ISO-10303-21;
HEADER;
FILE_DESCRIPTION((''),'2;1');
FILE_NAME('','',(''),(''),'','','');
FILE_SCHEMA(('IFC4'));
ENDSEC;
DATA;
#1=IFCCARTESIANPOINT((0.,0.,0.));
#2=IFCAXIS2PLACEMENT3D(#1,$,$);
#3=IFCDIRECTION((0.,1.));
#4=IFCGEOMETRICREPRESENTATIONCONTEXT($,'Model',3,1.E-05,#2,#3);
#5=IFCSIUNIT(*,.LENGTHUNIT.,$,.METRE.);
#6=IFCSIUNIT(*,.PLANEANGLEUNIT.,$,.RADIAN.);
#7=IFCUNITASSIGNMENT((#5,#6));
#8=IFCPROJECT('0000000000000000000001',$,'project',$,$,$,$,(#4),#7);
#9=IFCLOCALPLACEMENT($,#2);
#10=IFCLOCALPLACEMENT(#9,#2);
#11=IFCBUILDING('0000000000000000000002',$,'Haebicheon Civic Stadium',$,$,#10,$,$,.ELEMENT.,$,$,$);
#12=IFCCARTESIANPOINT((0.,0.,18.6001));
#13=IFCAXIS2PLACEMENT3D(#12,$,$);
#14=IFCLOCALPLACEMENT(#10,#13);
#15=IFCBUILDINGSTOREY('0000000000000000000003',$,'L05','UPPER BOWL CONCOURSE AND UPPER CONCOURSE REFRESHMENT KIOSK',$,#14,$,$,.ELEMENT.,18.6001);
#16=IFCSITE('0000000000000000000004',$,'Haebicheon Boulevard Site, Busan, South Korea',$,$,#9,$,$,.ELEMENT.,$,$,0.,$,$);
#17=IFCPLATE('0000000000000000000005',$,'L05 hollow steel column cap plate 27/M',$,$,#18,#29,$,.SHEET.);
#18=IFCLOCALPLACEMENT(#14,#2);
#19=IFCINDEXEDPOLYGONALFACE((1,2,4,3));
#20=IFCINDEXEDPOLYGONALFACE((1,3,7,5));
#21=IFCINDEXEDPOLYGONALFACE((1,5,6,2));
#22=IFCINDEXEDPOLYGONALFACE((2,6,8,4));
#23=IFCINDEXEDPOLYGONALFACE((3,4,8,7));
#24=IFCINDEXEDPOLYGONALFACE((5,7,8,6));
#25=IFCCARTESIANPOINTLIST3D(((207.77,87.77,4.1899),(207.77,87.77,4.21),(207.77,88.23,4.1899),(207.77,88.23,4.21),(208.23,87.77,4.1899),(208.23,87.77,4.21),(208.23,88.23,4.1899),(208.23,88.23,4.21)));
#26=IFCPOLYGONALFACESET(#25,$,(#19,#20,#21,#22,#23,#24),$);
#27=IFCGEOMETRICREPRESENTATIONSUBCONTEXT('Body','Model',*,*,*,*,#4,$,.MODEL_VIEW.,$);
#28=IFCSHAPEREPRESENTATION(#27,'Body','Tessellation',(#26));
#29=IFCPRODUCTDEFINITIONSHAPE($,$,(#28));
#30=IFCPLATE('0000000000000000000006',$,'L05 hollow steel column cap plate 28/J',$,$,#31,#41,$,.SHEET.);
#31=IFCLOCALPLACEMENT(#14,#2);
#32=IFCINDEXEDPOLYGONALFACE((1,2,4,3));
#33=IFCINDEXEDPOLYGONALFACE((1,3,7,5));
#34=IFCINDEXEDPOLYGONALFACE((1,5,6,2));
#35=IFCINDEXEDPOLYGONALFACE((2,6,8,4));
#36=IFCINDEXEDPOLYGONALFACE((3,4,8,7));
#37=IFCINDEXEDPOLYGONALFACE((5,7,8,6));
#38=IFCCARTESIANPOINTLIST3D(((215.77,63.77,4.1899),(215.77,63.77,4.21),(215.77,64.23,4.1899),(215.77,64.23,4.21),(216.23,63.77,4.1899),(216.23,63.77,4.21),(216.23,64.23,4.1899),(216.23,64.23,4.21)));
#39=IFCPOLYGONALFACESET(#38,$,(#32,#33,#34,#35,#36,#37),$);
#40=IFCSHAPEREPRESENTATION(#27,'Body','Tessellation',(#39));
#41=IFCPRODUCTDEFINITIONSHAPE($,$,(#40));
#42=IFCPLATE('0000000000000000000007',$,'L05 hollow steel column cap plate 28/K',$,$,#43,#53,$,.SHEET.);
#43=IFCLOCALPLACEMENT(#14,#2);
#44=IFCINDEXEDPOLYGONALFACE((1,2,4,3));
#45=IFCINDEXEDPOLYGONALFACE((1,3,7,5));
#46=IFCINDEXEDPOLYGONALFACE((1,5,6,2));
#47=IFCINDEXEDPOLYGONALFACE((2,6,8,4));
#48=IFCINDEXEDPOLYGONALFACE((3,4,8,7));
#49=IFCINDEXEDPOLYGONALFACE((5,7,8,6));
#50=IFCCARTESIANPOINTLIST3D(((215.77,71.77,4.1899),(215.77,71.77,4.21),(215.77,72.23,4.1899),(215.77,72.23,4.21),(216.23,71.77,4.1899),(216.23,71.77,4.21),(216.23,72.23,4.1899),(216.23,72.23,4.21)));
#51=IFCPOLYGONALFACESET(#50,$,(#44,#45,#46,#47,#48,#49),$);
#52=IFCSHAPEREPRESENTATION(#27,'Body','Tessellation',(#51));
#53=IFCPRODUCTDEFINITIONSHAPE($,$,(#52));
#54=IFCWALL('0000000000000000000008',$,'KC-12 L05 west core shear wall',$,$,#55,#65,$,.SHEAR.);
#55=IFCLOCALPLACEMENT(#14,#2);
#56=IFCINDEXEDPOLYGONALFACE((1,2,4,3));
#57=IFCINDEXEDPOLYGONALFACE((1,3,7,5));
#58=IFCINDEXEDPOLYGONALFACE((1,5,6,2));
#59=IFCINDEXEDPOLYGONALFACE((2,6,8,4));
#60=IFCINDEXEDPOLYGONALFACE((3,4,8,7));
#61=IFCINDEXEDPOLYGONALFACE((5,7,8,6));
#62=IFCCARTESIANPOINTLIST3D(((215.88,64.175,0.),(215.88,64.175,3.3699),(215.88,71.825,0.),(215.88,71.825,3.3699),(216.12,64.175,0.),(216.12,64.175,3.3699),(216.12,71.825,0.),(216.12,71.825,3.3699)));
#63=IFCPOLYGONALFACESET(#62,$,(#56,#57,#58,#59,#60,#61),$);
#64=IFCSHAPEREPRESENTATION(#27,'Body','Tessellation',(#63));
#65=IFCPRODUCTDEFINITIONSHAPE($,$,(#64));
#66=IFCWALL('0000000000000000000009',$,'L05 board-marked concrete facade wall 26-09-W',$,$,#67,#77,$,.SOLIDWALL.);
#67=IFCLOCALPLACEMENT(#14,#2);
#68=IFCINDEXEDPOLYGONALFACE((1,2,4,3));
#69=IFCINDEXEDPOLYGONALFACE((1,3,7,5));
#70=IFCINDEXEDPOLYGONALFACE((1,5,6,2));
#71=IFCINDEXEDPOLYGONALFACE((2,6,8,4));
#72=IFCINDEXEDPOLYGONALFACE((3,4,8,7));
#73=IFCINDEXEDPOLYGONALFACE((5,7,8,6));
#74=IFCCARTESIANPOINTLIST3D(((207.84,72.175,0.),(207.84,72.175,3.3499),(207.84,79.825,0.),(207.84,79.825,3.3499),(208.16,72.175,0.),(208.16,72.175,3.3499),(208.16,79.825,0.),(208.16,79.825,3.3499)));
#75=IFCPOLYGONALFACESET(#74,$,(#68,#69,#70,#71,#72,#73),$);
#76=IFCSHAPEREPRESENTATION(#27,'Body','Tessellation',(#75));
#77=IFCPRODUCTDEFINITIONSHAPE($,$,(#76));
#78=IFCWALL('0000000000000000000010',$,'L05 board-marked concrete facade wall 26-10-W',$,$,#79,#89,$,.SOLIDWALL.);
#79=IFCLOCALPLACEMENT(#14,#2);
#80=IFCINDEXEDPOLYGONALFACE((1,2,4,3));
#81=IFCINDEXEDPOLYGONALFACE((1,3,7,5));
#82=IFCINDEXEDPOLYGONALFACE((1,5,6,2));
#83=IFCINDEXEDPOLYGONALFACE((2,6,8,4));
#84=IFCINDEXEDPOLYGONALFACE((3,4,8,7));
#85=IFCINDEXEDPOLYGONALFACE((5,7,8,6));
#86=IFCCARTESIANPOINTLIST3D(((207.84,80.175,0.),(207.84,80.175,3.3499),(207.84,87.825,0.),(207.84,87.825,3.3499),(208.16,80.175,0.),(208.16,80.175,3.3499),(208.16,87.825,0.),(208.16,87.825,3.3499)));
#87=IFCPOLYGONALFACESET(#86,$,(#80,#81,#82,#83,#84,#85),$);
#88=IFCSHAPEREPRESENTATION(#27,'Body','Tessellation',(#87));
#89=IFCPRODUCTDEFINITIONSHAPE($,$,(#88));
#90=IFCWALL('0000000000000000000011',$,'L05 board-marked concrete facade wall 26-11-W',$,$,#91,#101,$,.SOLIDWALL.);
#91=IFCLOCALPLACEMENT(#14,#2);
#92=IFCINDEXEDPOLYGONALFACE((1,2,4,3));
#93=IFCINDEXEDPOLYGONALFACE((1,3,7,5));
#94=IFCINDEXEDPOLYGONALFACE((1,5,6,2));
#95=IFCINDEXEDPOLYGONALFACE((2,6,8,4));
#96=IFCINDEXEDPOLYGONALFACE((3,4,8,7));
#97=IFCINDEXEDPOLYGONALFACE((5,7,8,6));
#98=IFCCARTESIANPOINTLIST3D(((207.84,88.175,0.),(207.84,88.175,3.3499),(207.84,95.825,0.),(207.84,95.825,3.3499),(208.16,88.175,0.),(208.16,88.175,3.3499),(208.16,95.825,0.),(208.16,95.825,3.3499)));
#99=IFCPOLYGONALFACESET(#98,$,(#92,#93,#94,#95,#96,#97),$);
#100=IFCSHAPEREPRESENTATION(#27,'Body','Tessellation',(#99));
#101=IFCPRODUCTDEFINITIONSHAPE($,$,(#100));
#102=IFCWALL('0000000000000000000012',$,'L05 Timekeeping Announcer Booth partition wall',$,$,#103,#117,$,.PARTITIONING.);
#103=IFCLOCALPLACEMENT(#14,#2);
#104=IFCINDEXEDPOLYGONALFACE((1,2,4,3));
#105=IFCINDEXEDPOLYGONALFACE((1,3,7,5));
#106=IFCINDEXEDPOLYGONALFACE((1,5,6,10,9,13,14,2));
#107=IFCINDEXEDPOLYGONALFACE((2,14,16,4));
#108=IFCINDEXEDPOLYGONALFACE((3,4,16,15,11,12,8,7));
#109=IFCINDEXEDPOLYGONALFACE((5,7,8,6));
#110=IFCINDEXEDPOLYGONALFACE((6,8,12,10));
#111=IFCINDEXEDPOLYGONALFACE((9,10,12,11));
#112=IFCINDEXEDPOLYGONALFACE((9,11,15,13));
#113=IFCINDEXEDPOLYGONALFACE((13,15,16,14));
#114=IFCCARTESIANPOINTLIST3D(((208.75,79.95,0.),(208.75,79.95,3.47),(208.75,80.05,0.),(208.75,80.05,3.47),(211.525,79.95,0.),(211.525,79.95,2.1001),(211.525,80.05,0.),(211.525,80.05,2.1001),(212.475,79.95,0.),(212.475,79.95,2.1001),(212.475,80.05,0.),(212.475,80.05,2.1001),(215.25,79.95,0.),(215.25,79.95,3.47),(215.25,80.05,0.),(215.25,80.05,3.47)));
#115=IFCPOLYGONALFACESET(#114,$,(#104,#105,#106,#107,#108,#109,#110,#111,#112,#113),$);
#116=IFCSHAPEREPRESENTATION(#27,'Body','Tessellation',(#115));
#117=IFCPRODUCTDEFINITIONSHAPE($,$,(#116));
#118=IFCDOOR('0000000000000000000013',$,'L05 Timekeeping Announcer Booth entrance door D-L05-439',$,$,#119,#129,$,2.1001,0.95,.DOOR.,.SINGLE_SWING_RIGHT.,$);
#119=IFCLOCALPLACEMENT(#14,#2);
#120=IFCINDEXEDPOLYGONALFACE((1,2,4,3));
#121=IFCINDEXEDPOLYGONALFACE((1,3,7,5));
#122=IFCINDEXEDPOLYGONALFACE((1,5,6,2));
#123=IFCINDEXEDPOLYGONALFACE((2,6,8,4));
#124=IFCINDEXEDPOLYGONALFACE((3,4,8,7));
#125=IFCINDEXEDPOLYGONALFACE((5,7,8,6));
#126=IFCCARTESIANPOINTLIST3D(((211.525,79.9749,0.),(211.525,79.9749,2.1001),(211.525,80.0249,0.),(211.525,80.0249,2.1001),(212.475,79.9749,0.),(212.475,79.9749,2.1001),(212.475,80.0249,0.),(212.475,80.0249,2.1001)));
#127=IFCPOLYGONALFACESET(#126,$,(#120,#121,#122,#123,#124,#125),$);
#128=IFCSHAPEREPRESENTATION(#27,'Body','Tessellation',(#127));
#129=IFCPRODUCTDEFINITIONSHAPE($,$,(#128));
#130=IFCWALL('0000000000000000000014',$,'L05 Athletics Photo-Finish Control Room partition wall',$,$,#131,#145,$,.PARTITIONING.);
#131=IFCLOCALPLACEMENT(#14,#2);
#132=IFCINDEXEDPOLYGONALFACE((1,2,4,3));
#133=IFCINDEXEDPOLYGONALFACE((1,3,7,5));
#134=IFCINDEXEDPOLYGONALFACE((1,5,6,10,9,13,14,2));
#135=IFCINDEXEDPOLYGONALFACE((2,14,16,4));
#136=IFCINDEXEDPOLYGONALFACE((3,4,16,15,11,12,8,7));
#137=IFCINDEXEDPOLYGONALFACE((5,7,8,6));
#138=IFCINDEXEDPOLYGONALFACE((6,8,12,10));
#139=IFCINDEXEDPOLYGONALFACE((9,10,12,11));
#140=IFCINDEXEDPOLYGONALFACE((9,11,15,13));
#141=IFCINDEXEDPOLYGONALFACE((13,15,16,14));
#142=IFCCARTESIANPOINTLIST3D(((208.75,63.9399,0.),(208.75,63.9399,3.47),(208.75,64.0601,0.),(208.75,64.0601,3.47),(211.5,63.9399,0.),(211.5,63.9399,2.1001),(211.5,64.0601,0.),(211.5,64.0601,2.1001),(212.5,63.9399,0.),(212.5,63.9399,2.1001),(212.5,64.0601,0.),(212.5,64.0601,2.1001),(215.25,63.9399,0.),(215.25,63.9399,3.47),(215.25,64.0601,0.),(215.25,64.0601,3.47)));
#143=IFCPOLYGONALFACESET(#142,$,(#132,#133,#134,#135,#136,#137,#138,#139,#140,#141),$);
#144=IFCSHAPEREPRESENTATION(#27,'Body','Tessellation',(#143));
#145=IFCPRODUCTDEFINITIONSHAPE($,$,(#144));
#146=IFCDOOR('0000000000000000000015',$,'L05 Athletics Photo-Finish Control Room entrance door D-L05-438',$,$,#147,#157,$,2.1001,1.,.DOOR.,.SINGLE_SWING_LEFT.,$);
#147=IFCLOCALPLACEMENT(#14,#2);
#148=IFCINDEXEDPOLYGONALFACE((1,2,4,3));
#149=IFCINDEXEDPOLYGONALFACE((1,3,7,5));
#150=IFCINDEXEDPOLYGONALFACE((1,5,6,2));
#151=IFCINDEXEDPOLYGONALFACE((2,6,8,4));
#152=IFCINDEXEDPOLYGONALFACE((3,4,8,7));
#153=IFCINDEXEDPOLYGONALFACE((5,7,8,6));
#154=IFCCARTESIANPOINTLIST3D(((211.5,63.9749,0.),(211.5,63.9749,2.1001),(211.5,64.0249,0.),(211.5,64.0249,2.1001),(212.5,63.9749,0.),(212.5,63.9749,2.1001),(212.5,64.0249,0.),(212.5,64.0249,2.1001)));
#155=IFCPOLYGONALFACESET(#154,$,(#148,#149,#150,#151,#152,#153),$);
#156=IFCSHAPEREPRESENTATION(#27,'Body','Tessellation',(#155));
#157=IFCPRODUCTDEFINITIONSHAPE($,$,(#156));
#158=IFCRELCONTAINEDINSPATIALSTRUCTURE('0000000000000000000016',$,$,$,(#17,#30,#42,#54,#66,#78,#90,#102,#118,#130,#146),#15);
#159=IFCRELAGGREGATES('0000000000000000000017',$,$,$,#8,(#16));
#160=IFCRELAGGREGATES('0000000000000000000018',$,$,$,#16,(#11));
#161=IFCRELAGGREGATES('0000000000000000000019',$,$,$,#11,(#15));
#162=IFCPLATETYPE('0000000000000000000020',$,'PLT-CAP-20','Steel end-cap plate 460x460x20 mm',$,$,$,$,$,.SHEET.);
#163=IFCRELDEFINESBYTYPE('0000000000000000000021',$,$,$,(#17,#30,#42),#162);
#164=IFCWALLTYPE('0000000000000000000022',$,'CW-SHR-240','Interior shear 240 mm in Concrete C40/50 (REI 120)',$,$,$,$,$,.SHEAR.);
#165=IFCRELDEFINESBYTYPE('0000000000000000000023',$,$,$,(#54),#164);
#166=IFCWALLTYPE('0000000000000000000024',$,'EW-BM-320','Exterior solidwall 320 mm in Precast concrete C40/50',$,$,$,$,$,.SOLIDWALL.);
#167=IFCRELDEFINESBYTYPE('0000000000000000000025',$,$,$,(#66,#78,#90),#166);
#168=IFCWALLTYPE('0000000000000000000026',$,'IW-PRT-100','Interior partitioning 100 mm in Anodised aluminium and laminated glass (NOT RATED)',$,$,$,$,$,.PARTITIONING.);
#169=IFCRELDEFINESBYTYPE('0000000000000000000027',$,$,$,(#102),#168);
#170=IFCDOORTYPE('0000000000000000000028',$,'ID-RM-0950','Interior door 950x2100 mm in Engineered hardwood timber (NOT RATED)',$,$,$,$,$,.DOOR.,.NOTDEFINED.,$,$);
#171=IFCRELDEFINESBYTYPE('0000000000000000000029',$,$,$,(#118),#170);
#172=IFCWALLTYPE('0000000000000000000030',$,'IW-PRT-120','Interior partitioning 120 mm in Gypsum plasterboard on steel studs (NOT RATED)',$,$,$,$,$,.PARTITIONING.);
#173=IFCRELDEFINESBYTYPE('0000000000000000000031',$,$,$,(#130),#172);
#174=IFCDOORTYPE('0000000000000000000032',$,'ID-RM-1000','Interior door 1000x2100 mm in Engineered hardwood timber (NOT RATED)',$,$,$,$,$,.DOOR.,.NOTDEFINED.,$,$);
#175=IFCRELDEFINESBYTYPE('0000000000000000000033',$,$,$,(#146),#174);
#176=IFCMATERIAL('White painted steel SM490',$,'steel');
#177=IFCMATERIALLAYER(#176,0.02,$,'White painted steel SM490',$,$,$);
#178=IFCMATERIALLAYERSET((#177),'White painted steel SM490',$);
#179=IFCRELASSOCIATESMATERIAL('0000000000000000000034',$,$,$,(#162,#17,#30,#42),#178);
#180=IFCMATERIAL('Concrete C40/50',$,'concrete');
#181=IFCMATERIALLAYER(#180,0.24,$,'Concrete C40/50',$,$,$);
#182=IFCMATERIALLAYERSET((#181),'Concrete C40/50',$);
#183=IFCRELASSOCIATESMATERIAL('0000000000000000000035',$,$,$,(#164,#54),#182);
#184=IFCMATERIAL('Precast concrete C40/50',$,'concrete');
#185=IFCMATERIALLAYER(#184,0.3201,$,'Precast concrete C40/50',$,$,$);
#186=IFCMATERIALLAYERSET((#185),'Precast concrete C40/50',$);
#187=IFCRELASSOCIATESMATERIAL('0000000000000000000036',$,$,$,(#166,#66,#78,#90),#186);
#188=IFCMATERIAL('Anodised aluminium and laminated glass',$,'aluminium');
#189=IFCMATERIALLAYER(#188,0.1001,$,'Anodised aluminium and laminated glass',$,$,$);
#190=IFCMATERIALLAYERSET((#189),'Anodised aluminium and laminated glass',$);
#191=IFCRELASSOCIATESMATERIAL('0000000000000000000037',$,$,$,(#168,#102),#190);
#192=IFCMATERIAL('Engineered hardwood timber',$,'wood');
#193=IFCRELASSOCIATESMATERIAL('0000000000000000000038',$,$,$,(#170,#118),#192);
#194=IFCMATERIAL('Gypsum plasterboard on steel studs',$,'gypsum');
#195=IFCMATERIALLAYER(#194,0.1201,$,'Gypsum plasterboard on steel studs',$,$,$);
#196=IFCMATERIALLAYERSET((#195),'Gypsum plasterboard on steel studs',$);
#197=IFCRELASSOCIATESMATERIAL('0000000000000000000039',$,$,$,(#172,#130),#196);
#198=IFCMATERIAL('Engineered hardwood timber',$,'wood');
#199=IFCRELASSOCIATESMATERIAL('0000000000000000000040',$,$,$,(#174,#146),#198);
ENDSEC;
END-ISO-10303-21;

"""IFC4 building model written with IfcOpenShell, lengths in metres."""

from ifc_helpers import new_model, si_unit, direction, frame, frame_2d, origin, origin_2d, place, context, subcontext, project, spatial, rectangle, extrude, material, layer, layer_set, type_object, element, fill, save


model = new_model("IFC4")

# Units and contexts
model_context = context("Model", 3, precision=1e-05, world=origin(), true_north=direction((0.0, 1.0)))
body_context = subcontext(model_context, "Body", "Model", "MODEL_VIEW")
ifc_project = project(units=[si_unit("LENGTHUNIT", "METRE"), si_unit("PLANEANGLEUNIT", "RADIAN")], contexts=[model_context])

# Site, building, storey
site_placement = place(None, origin())
site = spatial("IfcSite", under=ifc_project, at=site_placement, Name="Haebicheon Boulevard Site, Busan, South Korea", CompositionType="ELEMENT", RefElevation=0.0)
building_placement = place(site_placement, origin())
building = spatial("IfcBuilding", under=site, at=building_placement, Name="Haebicheon Civic Stadium", CompositionType="ELEMENT")
storey_placement = place(building_placement, frame((0.0, 0.0, 18.6001)))
storey = spatial("IfcBuildingStorey", under=building, at=storey_placement, Name="L05", Description="UPPER BOWL CONCOURSE AND UPPER CONCOURSE REFRESHMENT KIOSK", CompositionType="ELEMENT", Elevation=18.6001)

# Plates
ifc_material_1 = material(Name="White painted steel SM490", Category="steel")
ifc_layer_1 = layer(ifc_material_1, 0.02, Name="White painted steel SM490")
ifc_layer_set_1 = layer_set([ifc_layer_1], Name="White painted steel SM490")
plate_type = type_object("IfcPlateType", Name="PLT-CAP-20", Description="Steel end-cap plate 460x460x20 mm", PredefinedType="SHEET", material=ifc_layer_set_1)
for number, where, z_axis, x_axis, name in (
    (1, (208.0, 88.0, 4.1899), (0.0, 0.0, 1.0), (1.0, 0.0, 0.0), "L05 hollow steel column cap plate 27/M"),
    (2, (216.0, 64.0, 4.1899), (0.0, 0.0, 1.0), (1.0, 0.0, 0.0), "L05 hollow steel column cap plate 28/J"),
    (3, (216.0, 72.0, 4.1899), (0.0, 0.0, 1.0), (1.0, 0.0, 0.0), "L05 hollow steel column cap plate 28/K"),
):
    element("IfcPlate", number, at=place(storey_placement, frame(where, z_axis=z_axis, x_axis=x_axis)), inside=storey, type_object=plate_type, material=ifc_layer_set_1, Name=name, PredefinedType="SHEET", context=body_context, shape_type="SweptSolid", body=[
        extrude(rectangle(XDim=0.46, YDim=0.46, at=origin_2d()), origin(), (0.0, 0.0, 1.0), 0.02),
    ])

# Walls
ifc_material_2 = material(Name="Concrete C40/50", Category="concrete")
ifc_layer_2 = layer(ifc_material_2, 0.24, Name="Concrete C40/50")
ifc_layer_set_2 = layer_set([ifc_layer_2], Name="Concrete C40/50")
wall_type_1 = type_object("IfcWallType", Name="CW-SHR-240", Description="Interior shear 240 mm in Concrete C40/50 (REI 120)", PredefinedType="SHEAR", material=ifc_layer_set_2)
wall_1_placement = place(storey_placement, frame((216.0, 64.175, 0.0), z_axis=(0.0, 0.0, 1.0), x_axis=(0.0, 1.0, 0.0)))
element("IfcWall", 4, at=wall_1_placement, inside=storey, type_object=wall_type_1, material=ifc_layer_set_2, Name="KC-12 L05 west core shear wall", PredefinedType="SHEAR", context=body_context, shape_type="SweptSolid", body=[
    extrude(rectangle(XDim=7.6499, YDim=0.24, at=frame_2d((3.825, 0.0))), origin(), (0.0, 0.0, 1.0), 3.3699),
])
ifc_material_3 = material(Name="Precast concrete C40/50", Category="concrete")
ifc_layer_3 = layer(ifc_material_3, 0.3201, Name="Precast concrete C40/50")
ifc_layer_set_3 = layer_set([ifc_layer_3], Name="Precast concrete C40/50")
wall_type_2 = type_object("IfcWallType", Name="EW-BM-320", Description="Exterior solidwall 320 mm in Precast concrete C40/50", PredefinedType="SOLIDWALL", material=ifc_layer_set_3)
for number, where, z_axis, x_axis, name in (
    (5, (208.0, 72.175, 0.0), (0.0, 0.0, 1.0), (0.0, 1.0, 0.0), "L05 board-marked concrete facade wall 26-09-W"),
    (6, (208.0, 80.175, 0.0), (0.0, 0.0, 1.0), (0.0, 1.0, 0.0), "L05 board-marked concrete facade wall 26-10-W"),
    (7, (208.0, 88.175, 0.0), (0.0, 0.0, 1.0), (0.0, 1.0, 0.0), "L05 board-marked concrete facade wall 26-11-W"),
):
    element("IfcWall", number, at=place(storey_placement, frame(where, z_axis=z_axis, x_axis=x_axis)), inside=storey, type_object=wall_type_2, material=ifc_layer_set_3, Name=name, PredefinedType="SOLIDWALL", context=body_context, shape_type="SweptSolid", body=[
        extrude(rectangle(XDim=7.6499, YDim=0.3201, at=frame_2d((3.825, 0.0))), origin(), (0.0, 0.0, 1.0), 3.3499),
    ])

# Walls, openings, doors
ifc_material_4 = material(Name="Anodised aluminium and laminated glass", Category="aluminium")
ifc_layer_4 = layer(ifc_material_4, 0.1001, Name="Anodised aluminium and laminated glass")
ifc_layer_set_4 = layer_set([ifc_layer_4], Name="Anodised aluminium and laminated glass")
wall_type_3 = type_object("IfcWallType", Name="IW-PRT-100", Description="Interior partitioning 100 mm in Anodised aluminium and laminated glass (NOT RATED)", PredefinedType="PARTITIONING", material=ifc_layer_set_4)
wall_2_placement = place(storey_placement, frame((208.75, 80.0, 0.0), z_axis=(0.0, 0.0, 1.0), x_axis=(1.0, 0.0, 0.0)))
wall_2 = element("IfcWall", 8, at=wall_2_placement, inside=storey, type_object=wall_type_3, material=ifc_layer_set_4, Name="L05 Timekeeping Announcer Booth partition wall", PredefinedType="PARTITIONING", context=body_context, shape_type="SweptSolid", body=[
    extrude(rectangle(XDim=6.5, YDim=0.1001, at=frame_2d((3.25, 0.0))), origin(), (0.0, 0.0, 1.0), 3.47),
])
opening_1_placement = place(wall_2_placement, frame((2.7749, 0.0, 0.0)))
opening_1 = element("IfcOpeningElement", 9, at=opening_1_placement, cuts=wall_2, PredefinedType="OPENING", context=body_context, shape_type="SweptSolid", body=[
    extrude(rectangle(XDim=0.95, YDim=2.1001, at=frame_2d((0.4751, 1.05))), frame((0.0, 0.0601, 0.0), z_axis=(0.0, -1.0, 0.0), x_axis=(1.0, 0.0, 0.0)), (0.0, 0.0, 1.0), 0.1201),
])
ifc_material_5 = material(Name="Engineered hardwood timber", Category="wood")
door_type_1 = type_object("IfcDoorType", Name="ID-RM-0950", Description="Interior door 950x2100 mm in Engineered hardwood timber (NOT RATED)", OperationType="NOTDEFINED", PredefinedType="DOOR", material=ifc_material_5)
door_1_placement = place(opening_1_placement, origin())
door_1 = element("IfcDoor", 10, at=door_1_placement, inside=storey, type_object=door_type_1, material=ifc_material_5, Name="L05 Timekeeping Announcer Booth entrance door D-L05-439", OperationType="SINGLE_SWING_RIGHT", OverallHeight=2.1001, OverallWidth=0.95, PredefinedType="DOOR", context=body_context, shape_type="SweptSolid", body=[
    extrude(rectangle(XDim=0.95, YDim=2.1001, at=frame_2d((0.4751, 1.05))), frame((0.0, 0.0249, 0.0), z_axis=(0.0, -1.0, 0.0), x_axis=(1.0, 0.0, 0.0)), (0.0, 0.0, 1.0), 0.05),
])
fill(opening_1, door_1)
ifc_material_6 = material(Name="Gypsum plasterboard on steel studs", Category="gypsum")
ifc_layer_5 = layer(ifc_material_6, 0.1201, Name="Gypsum plasterboard on steel studs")
ifc_layer_set_5 = layer_set([ifc_layer_5], Name="Gypsum plasterboard on steel studs")
wall_type_4 = type_object("IfcWallType", Name="IW-PRT-120", Description="Interior partitioning 120 mm in Gypsum plasterboard on steel studs (NOT RATED)", PredefinedType="PARTITIONING", material=ifc_layer_set_5)
wall_3_placement = place(storey_placement, frame((208.75, 64.0, 0.0), z_axis=(0.0, 0.0, 1.0), x_axis=(1.0, 0.0, 0.0)))
wall_3 = element("IfcWall", 11, at=wall_3_placement, inside=storey, type_object=wall_type_4, material=ifc_layer_set_5, Name="L05 Athletics Photo-Finish Control Room partition wall", PredefinedType="PARTITIONING", context=body_context, shape_type="SweptSolid", body=[
    extrude(rectangle(XDim=6.5, YDim=0.1201, at=frame_2d((3.25, 0.0))), origin(), (0.0, 0.0, 1.0), 3.47),
])
opening_2_placement = place(wall_3_placement, frame((2.75, 0.0, 0.0)))
opening_2 = element("IfcOpeningElement", 12, at=opening_2_placement, cuts=wall_3, PredefinedType="OPENING", context=body_context, shape_type="SweptSolid", body=[
    extrude(rectangle(XDim=1.0, YDim=2.1001, at=frame_2d((0.5, 1.05))), frame((0.0, 0.0701, 0.0), z_axis=(0.0, -1.0, 0.0), x_axis=(1.0, 0.0, 0.0)), (0.0, 0.0, 1.0), 0.1401),
])
ifc_material_7 = material(Name="Engineered hardwood timber", Category="wood")
door_type_2 = type_object("IfcDoorType", Name="ID-RM-1000", Description="Interior door 1000x2100 mm in Engineered hardwood timber (NOT RATED)", OperationType="NOTDEFINED", PredefinedType="DOOR", material=ifc_material_7)
door_2_placement = place(opening_2_placement, origin())
door_2 = element("IfcDoor", 13, at=door_2_placement, inside=storey, type_object=door_type_2, material=ifc_material_7, Name="L05 Athletics Photo-Finish Control Room entrance door D-L05-438", OperationType="SINGLE_SWING_LEFT", OverallHeight=2.1001, OverallWidth=1.0, PredefinedType="DOOR", context=body_context, shape_type="SweptSolid", body=[
    extrude(rectangle(XDim=1.0, YDim=2.1001, at=frame_2d((0.5, 1.05))), frame((0.0, 0.0249, 0.0), z_axis=(0.0, -1.0, 0.0), x_axis=(1.0, 0.0, 0.0)), (0.0, 0.0, 1.0), 0.05),
])
fill(opening_2, door_2)

save(model, "model.ifc")
